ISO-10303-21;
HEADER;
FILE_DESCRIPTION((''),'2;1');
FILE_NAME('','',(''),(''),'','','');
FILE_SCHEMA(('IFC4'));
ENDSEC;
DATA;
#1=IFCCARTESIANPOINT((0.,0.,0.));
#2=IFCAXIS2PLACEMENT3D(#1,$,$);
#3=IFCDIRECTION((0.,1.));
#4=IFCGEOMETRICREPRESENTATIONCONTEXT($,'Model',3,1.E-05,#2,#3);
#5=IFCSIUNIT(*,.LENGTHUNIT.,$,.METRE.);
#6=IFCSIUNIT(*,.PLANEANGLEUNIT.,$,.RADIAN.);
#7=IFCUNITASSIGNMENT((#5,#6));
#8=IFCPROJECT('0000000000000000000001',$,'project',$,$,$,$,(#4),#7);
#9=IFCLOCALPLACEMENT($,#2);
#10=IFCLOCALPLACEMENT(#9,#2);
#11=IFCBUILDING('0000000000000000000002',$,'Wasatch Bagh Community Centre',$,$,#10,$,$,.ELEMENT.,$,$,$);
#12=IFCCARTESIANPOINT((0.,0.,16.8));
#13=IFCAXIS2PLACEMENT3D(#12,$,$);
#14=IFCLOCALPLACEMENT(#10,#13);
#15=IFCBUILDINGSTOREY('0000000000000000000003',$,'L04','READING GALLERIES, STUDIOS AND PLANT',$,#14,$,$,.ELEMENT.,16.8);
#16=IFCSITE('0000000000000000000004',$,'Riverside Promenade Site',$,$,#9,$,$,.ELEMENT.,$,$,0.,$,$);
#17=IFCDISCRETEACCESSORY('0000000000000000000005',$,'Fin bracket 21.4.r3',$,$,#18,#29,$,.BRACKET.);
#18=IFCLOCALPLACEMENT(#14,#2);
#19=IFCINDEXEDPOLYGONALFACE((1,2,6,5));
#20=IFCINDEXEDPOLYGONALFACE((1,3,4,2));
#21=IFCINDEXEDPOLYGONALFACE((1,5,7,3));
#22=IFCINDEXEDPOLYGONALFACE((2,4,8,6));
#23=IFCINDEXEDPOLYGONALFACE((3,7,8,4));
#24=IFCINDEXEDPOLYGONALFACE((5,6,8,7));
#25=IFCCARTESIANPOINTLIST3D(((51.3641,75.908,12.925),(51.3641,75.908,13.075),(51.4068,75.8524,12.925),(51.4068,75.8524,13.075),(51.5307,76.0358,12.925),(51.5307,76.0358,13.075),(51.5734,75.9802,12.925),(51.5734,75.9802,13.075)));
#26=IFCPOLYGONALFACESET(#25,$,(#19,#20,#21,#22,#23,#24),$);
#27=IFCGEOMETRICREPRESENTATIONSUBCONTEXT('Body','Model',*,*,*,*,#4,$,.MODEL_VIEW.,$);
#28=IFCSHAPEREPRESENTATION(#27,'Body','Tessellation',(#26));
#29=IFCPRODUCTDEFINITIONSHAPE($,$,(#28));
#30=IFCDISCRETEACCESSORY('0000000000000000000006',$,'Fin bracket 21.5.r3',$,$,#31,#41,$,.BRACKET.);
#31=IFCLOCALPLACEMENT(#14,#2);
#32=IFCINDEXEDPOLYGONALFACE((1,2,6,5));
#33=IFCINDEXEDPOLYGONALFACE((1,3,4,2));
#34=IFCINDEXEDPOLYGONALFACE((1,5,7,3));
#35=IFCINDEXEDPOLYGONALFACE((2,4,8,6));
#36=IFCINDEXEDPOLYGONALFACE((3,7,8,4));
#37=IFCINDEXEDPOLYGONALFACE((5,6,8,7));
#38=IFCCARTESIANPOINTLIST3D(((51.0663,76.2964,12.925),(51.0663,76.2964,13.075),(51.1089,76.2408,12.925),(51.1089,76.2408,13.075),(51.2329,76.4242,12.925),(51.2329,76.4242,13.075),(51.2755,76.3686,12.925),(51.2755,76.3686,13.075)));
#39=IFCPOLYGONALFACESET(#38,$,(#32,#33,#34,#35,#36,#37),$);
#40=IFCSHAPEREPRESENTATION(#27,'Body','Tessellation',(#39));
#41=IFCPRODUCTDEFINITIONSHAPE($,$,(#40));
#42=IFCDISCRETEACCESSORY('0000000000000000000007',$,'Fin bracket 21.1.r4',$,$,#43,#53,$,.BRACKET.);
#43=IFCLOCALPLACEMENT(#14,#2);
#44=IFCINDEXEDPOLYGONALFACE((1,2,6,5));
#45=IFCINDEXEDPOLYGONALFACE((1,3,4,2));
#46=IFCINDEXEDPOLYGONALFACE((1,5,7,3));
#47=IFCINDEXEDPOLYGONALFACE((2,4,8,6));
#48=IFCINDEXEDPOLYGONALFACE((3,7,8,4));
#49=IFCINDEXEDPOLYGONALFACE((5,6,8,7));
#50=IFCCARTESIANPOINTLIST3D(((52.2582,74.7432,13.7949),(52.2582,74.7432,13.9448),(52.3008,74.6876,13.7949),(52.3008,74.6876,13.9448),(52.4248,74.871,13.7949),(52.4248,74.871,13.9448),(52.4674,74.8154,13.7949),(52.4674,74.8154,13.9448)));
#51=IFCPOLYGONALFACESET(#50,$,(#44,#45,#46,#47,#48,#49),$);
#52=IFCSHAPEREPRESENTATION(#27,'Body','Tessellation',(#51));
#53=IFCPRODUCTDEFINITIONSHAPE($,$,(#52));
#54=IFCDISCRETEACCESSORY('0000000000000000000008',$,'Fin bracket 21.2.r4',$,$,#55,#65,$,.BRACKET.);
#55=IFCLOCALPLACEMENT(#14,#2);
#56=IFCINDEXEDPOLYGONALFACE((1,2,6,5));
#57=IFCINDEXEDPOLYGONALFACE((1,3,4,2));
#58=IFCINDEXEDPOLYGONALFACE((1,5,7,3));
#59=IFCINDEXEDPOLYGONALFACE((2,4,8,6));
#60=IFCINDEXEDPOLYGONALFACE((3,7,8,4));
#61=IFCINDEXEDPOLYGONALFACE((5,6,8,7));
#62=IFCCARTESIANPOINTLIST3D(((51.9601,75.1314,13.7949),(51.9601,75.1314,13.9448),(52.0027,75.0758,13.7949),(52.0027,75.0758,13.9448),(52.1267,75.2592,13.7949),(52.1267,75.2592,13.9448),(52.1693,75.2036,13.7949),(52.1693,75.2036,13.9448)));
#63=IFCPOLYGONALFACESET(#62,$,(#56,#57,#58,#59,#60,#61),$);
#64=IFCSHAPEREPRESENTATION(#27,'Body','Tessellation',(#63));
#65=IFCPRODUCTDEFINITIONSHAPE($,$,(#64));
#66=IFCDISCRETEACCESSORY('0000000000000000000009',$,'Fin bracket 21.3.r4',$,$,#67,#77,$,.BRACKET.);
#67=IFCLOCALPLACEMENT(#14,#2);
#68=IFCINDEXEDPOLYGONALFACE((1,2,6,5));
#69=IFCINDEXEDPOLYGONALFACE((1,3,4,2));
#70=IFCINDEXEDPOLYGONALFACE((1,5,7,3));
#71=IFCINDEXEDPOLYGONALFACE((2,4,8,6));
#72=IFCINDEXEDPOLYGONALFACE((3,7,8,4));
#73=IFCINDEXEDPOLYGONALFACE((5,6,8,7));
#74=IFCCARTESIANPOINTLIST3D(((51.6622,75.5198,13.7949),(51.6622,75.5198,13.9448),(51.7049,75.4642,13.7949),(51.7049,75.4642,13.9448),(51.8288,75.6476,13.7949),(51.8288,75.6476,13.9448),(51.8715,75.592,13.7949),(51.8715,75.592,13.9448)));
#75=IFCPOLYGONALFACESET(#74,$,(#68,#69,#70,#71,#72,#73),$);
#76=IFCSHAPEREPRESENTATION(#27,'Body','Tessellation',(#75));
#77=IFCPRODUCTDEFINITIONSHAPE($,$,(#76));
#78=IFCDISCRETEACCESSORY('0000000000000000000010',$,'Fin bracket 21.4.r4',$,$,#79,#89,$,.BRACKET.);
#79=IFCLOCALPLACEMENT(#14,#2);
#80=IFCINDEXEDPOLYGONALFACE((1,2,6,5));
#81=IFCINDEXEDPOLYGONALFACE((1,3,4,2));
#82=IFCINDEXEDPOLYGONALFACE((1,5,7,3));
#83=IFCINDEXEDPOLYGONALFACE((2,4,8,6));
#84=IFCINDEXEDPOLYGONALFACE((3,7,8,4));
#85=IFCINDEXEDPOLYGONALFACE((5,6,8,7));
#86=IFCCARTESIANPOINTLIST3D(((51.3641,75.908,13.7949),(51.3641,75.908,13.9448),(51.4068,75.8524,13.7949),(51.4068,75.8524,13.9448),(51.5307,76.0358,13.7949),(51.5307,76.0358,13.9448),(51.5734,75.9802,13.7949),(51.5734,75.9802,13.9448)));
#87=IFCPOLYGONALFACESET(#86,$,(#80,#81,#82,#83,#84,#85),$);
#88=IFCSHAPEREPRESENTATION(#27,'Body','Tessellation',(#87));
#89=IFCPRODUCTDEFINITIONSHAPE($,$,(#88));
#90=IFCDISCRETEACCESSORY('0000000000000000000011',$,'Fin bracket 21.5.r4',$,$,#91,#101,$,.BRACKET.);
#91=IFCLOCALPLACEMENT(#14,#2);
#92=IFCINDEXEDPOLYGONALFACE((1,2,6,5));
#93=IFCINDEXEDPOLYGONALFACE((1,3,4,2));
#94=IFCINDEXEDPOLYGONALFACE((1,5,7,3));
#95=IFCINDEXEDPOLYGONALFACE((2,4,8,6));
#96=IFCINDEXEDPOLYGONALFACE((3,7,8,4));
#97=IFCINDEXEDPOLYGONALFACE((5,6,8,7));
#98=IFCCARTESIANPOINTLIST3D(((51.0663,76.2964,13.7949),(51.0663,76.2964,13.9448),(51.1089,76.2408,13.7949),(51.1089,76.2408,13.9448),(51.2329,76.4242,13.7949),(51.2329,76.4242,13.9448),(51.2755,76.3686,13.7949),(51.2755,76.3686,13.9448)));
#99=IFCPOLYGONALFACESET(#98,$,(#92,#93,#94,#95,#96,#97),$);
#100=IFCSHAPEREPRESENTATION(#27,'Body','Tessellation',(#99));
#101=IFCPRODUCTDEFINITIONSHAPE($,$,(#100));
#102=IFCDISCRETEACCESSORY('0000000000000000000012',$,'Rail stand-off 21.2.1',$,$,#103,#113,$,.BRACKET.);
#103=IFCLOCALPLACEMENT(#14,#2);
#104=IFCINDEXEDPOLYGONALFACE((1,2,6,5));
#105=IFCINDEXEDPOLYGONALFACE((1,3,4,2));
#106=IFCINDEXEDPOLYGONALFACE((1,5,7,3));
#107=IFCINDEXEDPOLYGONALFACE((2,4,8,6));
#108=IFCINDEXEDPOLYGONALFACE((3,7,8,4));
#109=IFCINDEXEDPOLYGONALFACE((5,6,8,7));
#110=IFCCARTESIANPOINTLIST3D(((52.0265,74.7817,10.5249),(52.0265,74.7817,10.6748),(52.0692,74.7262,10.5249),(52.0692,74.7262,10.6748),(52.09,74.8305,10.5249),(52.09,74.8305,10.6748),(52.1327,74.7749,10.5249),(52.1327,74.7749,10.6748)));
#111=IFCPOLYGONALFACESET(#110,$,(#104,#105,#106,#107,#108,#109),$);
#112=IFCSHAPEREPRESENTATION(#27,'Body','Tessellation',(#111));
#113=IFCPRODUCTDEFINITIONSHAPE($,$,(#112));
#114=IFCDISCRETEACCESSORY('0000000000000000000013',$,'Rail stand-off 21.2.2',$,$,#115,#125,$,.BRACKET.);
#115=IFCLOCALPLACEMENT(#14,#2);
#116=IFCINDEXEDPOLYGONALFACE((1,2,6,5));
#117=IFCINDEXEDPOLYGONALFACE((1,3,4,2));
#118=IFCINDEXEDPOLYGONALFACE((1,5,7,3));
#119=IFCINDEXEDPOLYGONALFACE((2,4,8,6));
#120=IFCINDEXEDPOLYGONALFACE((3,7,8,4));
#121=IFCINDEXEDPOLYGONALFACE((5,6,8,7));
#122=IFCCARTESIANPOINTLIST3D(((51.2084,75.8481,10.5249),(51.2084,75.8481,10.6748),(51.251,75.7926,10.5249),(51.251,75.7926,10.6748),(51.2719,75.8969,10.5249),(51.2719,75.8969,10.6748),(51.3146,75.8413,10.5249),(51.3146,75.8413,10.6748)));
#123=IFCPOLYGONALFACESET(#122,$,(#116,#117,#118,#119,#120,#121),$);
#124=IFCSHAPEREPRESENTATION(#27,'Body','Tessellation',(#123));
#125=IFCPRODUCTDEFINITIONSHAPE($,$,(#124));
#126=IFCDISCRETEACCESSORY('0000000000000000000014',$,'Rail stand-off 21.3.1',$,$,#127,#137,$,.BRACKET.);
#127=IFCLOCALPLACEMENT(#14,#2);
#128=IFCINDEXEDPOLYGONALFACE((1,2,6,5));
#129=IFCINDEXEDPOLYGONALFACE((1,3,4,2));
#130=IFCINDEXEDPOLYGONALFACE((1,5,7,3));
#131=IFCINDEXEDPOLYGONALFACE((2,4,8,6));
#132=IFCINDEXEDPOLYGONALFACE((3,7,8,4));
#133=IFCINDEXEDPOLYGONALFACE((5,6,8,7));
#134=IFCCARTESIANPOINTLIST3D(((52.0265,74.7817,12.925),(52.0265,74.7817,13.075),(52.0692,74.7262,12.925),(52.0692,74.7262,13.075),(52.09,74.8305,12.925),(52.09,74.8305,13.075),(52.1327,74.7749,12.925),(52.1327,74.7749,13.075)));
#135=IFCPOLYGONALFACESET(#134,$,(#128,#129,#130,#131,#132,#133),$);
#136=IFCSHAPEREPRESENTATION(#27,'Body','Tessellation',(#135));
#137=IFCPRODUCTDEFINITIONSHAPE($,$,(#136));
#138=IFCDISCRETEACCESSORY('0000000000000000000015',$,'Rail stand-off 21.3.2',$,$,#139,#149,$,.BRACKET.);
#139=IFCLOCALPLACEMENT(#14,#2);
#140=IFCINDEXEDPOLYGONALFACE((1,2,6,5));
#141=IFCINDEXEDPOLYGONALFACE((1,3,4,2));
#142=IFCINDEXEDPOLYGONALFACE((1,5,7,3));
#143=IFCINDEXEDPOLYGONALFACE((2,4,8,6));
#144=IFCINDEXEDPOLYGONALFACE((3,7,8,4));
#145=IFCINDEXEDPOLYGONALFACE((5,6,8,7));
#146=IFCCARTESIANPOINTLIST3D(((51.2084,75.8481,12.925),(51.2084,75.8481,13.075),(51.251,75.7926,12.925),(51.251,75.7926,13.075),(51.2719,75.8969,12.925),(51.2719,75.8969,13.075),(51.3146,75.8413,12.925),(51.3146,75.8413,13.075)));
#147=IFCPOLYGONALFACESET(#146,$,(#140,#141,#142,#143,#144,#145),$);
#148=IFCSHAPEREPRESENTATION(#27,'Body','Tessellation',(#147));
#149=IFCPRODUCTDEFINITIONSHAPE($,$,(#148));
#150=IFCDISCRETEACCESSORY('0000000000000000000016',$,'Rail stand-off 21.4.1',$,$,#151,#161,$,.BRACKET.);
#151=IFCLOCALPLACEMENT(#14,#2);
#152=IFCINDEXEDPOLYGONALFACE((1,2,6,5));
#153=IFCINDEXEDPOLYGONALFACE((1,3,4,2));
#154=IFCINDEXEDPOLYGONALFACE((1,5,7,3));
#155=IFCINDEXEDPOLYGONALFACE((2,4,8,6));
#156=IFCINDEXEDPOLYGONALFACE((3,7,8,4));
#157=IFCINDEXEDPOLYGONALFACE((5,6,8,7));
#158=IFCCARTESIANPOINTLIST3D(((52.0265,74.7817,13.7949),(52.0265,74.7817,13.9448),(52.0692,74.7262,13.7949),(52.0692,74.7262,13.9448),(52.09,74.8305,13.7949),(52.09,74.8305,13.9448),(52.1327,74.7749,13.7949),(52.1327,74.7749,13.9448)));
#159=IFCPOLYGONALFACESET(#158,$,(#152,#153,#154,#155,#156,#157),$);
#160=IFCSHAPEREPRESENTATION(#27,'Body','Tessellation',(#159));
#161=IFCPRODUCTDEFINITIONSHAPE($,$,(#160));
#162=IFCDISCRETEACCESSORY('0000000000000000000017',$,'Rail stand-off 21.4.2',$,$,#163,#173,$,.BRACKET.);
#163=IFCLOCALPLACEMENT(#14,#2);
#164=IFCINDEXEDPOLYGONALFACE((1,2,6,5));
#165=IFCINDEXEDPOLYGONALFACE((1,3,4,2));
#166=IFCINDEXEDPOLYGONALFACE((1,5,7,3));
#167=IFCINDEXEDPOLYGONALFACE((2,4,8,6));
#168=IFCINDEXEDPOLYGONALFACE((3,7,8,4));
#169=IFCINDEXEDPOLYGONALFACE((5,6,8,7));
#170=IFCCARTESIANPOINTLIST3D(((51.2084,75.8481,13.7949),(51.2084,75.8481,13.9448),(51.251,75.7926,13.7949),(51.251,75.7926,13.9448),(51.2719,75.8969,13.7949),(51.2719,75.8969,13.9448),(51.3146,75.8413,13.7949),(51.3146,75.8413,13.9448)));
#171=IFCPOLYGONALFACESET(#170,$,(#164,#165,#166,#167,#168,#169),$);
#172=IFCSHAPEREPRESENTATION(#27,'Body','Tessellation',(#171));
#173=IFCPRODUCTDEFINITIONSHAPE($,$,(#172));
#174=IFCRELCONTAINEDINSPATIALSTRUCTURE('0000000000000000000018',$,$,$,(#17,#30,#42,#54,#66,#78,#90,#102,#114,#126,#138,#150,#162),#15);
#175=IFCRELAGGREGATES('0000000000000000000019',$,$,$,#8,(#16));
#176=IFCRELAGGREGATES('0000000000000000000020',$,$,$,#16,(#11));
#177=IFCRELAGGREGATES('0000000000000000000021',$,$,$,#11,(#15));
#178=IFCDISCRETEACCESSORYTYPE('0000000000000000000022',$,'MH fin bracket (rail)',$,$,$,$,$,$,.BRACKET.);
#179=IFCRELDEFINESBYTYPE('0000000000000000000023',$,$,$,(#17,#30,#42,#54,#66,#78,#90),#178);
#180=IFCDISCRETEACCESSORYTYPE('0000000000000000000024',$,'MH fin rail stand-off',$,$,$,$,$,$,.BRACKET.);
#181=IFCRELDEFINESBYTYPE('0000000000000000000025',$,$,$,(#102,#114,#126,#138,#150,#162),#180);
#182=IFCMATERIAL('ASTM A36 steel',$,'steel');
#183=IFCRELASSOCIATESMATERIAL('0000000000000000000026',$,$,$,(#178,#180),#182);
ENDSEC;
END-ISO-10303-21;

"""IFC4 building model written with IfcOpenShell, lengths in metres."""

from ifc_helpers import new_model, si_unit, direction, frame, origin, origin_2d, place, context, subcontext, project, spatial, rectangle, extrude, material, type_object, element, save


model = new_model("IFC4")

# Units and contexts
model_context = context("Model", 3, precision=1e-05, world=origin(), true_north=direction((0.0, 1.0)))
body_context = subcontext(model_context, "Body", "Model", "MODEL_VIEW")
ifc_project = project(units=[si_unit("LENGTHUNIT", "METRE"), si_unit("PLANEANGLEUNIT", "RADIAN")], contexts=[model_context])

# Site, building, storey
site_placement = place(None, origin())
site = spatial("IfcSite", under=ifc_project, at=site_placement, Name="Riverside Promenade Site", CompositionType="ELEMENT", RefElevation=0.0)
building_placement = place(site_placement, origin())
building = spatial("IfcBuilding", under=site, at=building_placement, Name="Wasatch Bagh Community Centre", CompositionType="ELEMENT")
storey_placement = place(building_placement, frame((0.0, 0.0, 16.8)))
storey = spatial("IfcBuildingStorey", under=building, at=storey_placement, Name="L04", Description="READING GALLERIES, STUDIOS AND PLANT", CompositionType="ELEMENT", Elevation=16.8)

# Discrete accessories
ifc_material_1 = material(Name="ASTM A36 steel", Category="steel")
discrete_accessory_type_1 = type_object("IfcDiscreteAccessoryType", Name="MH fin bracket (rail)", PredefinedType="BRACKET", material=ifc_material_1)
for number, where, z_axis, x_axis, name in (
    (1, (51.4688, 75.9441, 12.925), (0.0, 0.0, 1.0), (-0.608761, 0.793353, 0.0), "Fin bracket 21.4.r3"),
    (2, (51.1709, 76.3325, 12.925), (0.0, 0.0, 1.0), (-0.608761, 0.793353, 0.0), "Fin bracket 21.5.r3"),
    (3, (52.3628, 74.7793, 13.7949), (0.0, 0.0, 1.0), (-0.608761, 0.793353, 0.0), "Fin bracket 21.1.r4"),
    (4, (52.0647, 75.1675, 13.7949), (0.0, 0.0, 1.0), (-0.608761, 0.793353, 0.0), "Fin bracket 21.2.r4"),
    (5, (51.7668, 75.5559, 13.7949), (0.0, 0.0, 1.0), (-0.608761, 0.793353, 0.0), "Fin bracket 21.3.r4"),
    (6, (51.4688, 75.9441, 13.7949), (0.0, 0.0, 1.0), (-0.608761, 0.793353, 0.0), "Fin bracket 21.4.r4"),
    (7, (51.1709, 76.3325, 13.7949), (0.0, 0.0, 1.0), (-0.608761, 0.793353, 0.0), "Fin bracket 21.5.r4"),
):
    element("IfcDiscreteAccessory", number, at=place(storey_placement, frame(where, z_axis=z_axis, x_axis=x_axis)), inside=storey, type_object=discrete_accessory_type_1, Name=name, PredefinedType="BRACKET", context=body_context, shape_type="SweptSolid", body=[
        extrude(rectangle(XDim=0.0701, YDim=0.21, at=origin_2d()), origin(), (0.0, 0.0, 1.0), 0.1499),
    ])
discrete_accessory_type_2 = type_object("IfcDiscreteAccessoryType", Name="MH fin rail stand-off", PredefinedType="BRACKET", material=ifc_material_1)
for number, where, z_axis, x_axis, name in (
    (8, (52.0796, 74.7783, 10.5249), (0.0, 0.0, 1.0), (-0.608761, 0.793353, 0.0), "Rail stand-off 21.2.1"),
    (9, (51.2615, 75.8447, 10.5249), (0.0, 0.0, 1.0), (-0.608761, 0.793353, 0.0), "Rail stand-off 21.2.2"),
    (10, (52.0796, 74.7783, 12.925), (0.0, 0.0, 1.0), (-0.608761, 0.793353, 0.0), "Rail stand-off 21.3.1"),
    (11, (51.2615, 75.8447, 12.925), (0.0, 0.0, 1.0), (-0.608761, 0.793353, 0.0), "Rail stand-off 21.3.2"),
    (12, (52.0796, 74.7783, 13.7949), (0.0, 0.0, 1.0), (-0.608761, 0.793353, 0.0), "Rail stand-off 21.4.1"),
    (13, (51.2615, 75.8447, 13.7949), (0.0, 0.0, 1.0), (-0.608761, 0.793353, 0.0), "Rail stand-off 21.4.2"),
):
    element("IfcDiscreteAccessory", number, at=place(storey_placement, frame(where, z_axis=z_axis, x_axis=x_axis)), inside=storey, type_object=discrete_accessory_type_2, Name=name, PredefinedType="BRACKET", context=body_context, shape_type="SweptSolid", body=[
        extrude(rectangle(XDim=0.0701, YDim=0.0801, at=origin_2d()), origin(), (0.0, 0.0, 1.0), 0.1499),
    ])

save(model, "model.ifc")
